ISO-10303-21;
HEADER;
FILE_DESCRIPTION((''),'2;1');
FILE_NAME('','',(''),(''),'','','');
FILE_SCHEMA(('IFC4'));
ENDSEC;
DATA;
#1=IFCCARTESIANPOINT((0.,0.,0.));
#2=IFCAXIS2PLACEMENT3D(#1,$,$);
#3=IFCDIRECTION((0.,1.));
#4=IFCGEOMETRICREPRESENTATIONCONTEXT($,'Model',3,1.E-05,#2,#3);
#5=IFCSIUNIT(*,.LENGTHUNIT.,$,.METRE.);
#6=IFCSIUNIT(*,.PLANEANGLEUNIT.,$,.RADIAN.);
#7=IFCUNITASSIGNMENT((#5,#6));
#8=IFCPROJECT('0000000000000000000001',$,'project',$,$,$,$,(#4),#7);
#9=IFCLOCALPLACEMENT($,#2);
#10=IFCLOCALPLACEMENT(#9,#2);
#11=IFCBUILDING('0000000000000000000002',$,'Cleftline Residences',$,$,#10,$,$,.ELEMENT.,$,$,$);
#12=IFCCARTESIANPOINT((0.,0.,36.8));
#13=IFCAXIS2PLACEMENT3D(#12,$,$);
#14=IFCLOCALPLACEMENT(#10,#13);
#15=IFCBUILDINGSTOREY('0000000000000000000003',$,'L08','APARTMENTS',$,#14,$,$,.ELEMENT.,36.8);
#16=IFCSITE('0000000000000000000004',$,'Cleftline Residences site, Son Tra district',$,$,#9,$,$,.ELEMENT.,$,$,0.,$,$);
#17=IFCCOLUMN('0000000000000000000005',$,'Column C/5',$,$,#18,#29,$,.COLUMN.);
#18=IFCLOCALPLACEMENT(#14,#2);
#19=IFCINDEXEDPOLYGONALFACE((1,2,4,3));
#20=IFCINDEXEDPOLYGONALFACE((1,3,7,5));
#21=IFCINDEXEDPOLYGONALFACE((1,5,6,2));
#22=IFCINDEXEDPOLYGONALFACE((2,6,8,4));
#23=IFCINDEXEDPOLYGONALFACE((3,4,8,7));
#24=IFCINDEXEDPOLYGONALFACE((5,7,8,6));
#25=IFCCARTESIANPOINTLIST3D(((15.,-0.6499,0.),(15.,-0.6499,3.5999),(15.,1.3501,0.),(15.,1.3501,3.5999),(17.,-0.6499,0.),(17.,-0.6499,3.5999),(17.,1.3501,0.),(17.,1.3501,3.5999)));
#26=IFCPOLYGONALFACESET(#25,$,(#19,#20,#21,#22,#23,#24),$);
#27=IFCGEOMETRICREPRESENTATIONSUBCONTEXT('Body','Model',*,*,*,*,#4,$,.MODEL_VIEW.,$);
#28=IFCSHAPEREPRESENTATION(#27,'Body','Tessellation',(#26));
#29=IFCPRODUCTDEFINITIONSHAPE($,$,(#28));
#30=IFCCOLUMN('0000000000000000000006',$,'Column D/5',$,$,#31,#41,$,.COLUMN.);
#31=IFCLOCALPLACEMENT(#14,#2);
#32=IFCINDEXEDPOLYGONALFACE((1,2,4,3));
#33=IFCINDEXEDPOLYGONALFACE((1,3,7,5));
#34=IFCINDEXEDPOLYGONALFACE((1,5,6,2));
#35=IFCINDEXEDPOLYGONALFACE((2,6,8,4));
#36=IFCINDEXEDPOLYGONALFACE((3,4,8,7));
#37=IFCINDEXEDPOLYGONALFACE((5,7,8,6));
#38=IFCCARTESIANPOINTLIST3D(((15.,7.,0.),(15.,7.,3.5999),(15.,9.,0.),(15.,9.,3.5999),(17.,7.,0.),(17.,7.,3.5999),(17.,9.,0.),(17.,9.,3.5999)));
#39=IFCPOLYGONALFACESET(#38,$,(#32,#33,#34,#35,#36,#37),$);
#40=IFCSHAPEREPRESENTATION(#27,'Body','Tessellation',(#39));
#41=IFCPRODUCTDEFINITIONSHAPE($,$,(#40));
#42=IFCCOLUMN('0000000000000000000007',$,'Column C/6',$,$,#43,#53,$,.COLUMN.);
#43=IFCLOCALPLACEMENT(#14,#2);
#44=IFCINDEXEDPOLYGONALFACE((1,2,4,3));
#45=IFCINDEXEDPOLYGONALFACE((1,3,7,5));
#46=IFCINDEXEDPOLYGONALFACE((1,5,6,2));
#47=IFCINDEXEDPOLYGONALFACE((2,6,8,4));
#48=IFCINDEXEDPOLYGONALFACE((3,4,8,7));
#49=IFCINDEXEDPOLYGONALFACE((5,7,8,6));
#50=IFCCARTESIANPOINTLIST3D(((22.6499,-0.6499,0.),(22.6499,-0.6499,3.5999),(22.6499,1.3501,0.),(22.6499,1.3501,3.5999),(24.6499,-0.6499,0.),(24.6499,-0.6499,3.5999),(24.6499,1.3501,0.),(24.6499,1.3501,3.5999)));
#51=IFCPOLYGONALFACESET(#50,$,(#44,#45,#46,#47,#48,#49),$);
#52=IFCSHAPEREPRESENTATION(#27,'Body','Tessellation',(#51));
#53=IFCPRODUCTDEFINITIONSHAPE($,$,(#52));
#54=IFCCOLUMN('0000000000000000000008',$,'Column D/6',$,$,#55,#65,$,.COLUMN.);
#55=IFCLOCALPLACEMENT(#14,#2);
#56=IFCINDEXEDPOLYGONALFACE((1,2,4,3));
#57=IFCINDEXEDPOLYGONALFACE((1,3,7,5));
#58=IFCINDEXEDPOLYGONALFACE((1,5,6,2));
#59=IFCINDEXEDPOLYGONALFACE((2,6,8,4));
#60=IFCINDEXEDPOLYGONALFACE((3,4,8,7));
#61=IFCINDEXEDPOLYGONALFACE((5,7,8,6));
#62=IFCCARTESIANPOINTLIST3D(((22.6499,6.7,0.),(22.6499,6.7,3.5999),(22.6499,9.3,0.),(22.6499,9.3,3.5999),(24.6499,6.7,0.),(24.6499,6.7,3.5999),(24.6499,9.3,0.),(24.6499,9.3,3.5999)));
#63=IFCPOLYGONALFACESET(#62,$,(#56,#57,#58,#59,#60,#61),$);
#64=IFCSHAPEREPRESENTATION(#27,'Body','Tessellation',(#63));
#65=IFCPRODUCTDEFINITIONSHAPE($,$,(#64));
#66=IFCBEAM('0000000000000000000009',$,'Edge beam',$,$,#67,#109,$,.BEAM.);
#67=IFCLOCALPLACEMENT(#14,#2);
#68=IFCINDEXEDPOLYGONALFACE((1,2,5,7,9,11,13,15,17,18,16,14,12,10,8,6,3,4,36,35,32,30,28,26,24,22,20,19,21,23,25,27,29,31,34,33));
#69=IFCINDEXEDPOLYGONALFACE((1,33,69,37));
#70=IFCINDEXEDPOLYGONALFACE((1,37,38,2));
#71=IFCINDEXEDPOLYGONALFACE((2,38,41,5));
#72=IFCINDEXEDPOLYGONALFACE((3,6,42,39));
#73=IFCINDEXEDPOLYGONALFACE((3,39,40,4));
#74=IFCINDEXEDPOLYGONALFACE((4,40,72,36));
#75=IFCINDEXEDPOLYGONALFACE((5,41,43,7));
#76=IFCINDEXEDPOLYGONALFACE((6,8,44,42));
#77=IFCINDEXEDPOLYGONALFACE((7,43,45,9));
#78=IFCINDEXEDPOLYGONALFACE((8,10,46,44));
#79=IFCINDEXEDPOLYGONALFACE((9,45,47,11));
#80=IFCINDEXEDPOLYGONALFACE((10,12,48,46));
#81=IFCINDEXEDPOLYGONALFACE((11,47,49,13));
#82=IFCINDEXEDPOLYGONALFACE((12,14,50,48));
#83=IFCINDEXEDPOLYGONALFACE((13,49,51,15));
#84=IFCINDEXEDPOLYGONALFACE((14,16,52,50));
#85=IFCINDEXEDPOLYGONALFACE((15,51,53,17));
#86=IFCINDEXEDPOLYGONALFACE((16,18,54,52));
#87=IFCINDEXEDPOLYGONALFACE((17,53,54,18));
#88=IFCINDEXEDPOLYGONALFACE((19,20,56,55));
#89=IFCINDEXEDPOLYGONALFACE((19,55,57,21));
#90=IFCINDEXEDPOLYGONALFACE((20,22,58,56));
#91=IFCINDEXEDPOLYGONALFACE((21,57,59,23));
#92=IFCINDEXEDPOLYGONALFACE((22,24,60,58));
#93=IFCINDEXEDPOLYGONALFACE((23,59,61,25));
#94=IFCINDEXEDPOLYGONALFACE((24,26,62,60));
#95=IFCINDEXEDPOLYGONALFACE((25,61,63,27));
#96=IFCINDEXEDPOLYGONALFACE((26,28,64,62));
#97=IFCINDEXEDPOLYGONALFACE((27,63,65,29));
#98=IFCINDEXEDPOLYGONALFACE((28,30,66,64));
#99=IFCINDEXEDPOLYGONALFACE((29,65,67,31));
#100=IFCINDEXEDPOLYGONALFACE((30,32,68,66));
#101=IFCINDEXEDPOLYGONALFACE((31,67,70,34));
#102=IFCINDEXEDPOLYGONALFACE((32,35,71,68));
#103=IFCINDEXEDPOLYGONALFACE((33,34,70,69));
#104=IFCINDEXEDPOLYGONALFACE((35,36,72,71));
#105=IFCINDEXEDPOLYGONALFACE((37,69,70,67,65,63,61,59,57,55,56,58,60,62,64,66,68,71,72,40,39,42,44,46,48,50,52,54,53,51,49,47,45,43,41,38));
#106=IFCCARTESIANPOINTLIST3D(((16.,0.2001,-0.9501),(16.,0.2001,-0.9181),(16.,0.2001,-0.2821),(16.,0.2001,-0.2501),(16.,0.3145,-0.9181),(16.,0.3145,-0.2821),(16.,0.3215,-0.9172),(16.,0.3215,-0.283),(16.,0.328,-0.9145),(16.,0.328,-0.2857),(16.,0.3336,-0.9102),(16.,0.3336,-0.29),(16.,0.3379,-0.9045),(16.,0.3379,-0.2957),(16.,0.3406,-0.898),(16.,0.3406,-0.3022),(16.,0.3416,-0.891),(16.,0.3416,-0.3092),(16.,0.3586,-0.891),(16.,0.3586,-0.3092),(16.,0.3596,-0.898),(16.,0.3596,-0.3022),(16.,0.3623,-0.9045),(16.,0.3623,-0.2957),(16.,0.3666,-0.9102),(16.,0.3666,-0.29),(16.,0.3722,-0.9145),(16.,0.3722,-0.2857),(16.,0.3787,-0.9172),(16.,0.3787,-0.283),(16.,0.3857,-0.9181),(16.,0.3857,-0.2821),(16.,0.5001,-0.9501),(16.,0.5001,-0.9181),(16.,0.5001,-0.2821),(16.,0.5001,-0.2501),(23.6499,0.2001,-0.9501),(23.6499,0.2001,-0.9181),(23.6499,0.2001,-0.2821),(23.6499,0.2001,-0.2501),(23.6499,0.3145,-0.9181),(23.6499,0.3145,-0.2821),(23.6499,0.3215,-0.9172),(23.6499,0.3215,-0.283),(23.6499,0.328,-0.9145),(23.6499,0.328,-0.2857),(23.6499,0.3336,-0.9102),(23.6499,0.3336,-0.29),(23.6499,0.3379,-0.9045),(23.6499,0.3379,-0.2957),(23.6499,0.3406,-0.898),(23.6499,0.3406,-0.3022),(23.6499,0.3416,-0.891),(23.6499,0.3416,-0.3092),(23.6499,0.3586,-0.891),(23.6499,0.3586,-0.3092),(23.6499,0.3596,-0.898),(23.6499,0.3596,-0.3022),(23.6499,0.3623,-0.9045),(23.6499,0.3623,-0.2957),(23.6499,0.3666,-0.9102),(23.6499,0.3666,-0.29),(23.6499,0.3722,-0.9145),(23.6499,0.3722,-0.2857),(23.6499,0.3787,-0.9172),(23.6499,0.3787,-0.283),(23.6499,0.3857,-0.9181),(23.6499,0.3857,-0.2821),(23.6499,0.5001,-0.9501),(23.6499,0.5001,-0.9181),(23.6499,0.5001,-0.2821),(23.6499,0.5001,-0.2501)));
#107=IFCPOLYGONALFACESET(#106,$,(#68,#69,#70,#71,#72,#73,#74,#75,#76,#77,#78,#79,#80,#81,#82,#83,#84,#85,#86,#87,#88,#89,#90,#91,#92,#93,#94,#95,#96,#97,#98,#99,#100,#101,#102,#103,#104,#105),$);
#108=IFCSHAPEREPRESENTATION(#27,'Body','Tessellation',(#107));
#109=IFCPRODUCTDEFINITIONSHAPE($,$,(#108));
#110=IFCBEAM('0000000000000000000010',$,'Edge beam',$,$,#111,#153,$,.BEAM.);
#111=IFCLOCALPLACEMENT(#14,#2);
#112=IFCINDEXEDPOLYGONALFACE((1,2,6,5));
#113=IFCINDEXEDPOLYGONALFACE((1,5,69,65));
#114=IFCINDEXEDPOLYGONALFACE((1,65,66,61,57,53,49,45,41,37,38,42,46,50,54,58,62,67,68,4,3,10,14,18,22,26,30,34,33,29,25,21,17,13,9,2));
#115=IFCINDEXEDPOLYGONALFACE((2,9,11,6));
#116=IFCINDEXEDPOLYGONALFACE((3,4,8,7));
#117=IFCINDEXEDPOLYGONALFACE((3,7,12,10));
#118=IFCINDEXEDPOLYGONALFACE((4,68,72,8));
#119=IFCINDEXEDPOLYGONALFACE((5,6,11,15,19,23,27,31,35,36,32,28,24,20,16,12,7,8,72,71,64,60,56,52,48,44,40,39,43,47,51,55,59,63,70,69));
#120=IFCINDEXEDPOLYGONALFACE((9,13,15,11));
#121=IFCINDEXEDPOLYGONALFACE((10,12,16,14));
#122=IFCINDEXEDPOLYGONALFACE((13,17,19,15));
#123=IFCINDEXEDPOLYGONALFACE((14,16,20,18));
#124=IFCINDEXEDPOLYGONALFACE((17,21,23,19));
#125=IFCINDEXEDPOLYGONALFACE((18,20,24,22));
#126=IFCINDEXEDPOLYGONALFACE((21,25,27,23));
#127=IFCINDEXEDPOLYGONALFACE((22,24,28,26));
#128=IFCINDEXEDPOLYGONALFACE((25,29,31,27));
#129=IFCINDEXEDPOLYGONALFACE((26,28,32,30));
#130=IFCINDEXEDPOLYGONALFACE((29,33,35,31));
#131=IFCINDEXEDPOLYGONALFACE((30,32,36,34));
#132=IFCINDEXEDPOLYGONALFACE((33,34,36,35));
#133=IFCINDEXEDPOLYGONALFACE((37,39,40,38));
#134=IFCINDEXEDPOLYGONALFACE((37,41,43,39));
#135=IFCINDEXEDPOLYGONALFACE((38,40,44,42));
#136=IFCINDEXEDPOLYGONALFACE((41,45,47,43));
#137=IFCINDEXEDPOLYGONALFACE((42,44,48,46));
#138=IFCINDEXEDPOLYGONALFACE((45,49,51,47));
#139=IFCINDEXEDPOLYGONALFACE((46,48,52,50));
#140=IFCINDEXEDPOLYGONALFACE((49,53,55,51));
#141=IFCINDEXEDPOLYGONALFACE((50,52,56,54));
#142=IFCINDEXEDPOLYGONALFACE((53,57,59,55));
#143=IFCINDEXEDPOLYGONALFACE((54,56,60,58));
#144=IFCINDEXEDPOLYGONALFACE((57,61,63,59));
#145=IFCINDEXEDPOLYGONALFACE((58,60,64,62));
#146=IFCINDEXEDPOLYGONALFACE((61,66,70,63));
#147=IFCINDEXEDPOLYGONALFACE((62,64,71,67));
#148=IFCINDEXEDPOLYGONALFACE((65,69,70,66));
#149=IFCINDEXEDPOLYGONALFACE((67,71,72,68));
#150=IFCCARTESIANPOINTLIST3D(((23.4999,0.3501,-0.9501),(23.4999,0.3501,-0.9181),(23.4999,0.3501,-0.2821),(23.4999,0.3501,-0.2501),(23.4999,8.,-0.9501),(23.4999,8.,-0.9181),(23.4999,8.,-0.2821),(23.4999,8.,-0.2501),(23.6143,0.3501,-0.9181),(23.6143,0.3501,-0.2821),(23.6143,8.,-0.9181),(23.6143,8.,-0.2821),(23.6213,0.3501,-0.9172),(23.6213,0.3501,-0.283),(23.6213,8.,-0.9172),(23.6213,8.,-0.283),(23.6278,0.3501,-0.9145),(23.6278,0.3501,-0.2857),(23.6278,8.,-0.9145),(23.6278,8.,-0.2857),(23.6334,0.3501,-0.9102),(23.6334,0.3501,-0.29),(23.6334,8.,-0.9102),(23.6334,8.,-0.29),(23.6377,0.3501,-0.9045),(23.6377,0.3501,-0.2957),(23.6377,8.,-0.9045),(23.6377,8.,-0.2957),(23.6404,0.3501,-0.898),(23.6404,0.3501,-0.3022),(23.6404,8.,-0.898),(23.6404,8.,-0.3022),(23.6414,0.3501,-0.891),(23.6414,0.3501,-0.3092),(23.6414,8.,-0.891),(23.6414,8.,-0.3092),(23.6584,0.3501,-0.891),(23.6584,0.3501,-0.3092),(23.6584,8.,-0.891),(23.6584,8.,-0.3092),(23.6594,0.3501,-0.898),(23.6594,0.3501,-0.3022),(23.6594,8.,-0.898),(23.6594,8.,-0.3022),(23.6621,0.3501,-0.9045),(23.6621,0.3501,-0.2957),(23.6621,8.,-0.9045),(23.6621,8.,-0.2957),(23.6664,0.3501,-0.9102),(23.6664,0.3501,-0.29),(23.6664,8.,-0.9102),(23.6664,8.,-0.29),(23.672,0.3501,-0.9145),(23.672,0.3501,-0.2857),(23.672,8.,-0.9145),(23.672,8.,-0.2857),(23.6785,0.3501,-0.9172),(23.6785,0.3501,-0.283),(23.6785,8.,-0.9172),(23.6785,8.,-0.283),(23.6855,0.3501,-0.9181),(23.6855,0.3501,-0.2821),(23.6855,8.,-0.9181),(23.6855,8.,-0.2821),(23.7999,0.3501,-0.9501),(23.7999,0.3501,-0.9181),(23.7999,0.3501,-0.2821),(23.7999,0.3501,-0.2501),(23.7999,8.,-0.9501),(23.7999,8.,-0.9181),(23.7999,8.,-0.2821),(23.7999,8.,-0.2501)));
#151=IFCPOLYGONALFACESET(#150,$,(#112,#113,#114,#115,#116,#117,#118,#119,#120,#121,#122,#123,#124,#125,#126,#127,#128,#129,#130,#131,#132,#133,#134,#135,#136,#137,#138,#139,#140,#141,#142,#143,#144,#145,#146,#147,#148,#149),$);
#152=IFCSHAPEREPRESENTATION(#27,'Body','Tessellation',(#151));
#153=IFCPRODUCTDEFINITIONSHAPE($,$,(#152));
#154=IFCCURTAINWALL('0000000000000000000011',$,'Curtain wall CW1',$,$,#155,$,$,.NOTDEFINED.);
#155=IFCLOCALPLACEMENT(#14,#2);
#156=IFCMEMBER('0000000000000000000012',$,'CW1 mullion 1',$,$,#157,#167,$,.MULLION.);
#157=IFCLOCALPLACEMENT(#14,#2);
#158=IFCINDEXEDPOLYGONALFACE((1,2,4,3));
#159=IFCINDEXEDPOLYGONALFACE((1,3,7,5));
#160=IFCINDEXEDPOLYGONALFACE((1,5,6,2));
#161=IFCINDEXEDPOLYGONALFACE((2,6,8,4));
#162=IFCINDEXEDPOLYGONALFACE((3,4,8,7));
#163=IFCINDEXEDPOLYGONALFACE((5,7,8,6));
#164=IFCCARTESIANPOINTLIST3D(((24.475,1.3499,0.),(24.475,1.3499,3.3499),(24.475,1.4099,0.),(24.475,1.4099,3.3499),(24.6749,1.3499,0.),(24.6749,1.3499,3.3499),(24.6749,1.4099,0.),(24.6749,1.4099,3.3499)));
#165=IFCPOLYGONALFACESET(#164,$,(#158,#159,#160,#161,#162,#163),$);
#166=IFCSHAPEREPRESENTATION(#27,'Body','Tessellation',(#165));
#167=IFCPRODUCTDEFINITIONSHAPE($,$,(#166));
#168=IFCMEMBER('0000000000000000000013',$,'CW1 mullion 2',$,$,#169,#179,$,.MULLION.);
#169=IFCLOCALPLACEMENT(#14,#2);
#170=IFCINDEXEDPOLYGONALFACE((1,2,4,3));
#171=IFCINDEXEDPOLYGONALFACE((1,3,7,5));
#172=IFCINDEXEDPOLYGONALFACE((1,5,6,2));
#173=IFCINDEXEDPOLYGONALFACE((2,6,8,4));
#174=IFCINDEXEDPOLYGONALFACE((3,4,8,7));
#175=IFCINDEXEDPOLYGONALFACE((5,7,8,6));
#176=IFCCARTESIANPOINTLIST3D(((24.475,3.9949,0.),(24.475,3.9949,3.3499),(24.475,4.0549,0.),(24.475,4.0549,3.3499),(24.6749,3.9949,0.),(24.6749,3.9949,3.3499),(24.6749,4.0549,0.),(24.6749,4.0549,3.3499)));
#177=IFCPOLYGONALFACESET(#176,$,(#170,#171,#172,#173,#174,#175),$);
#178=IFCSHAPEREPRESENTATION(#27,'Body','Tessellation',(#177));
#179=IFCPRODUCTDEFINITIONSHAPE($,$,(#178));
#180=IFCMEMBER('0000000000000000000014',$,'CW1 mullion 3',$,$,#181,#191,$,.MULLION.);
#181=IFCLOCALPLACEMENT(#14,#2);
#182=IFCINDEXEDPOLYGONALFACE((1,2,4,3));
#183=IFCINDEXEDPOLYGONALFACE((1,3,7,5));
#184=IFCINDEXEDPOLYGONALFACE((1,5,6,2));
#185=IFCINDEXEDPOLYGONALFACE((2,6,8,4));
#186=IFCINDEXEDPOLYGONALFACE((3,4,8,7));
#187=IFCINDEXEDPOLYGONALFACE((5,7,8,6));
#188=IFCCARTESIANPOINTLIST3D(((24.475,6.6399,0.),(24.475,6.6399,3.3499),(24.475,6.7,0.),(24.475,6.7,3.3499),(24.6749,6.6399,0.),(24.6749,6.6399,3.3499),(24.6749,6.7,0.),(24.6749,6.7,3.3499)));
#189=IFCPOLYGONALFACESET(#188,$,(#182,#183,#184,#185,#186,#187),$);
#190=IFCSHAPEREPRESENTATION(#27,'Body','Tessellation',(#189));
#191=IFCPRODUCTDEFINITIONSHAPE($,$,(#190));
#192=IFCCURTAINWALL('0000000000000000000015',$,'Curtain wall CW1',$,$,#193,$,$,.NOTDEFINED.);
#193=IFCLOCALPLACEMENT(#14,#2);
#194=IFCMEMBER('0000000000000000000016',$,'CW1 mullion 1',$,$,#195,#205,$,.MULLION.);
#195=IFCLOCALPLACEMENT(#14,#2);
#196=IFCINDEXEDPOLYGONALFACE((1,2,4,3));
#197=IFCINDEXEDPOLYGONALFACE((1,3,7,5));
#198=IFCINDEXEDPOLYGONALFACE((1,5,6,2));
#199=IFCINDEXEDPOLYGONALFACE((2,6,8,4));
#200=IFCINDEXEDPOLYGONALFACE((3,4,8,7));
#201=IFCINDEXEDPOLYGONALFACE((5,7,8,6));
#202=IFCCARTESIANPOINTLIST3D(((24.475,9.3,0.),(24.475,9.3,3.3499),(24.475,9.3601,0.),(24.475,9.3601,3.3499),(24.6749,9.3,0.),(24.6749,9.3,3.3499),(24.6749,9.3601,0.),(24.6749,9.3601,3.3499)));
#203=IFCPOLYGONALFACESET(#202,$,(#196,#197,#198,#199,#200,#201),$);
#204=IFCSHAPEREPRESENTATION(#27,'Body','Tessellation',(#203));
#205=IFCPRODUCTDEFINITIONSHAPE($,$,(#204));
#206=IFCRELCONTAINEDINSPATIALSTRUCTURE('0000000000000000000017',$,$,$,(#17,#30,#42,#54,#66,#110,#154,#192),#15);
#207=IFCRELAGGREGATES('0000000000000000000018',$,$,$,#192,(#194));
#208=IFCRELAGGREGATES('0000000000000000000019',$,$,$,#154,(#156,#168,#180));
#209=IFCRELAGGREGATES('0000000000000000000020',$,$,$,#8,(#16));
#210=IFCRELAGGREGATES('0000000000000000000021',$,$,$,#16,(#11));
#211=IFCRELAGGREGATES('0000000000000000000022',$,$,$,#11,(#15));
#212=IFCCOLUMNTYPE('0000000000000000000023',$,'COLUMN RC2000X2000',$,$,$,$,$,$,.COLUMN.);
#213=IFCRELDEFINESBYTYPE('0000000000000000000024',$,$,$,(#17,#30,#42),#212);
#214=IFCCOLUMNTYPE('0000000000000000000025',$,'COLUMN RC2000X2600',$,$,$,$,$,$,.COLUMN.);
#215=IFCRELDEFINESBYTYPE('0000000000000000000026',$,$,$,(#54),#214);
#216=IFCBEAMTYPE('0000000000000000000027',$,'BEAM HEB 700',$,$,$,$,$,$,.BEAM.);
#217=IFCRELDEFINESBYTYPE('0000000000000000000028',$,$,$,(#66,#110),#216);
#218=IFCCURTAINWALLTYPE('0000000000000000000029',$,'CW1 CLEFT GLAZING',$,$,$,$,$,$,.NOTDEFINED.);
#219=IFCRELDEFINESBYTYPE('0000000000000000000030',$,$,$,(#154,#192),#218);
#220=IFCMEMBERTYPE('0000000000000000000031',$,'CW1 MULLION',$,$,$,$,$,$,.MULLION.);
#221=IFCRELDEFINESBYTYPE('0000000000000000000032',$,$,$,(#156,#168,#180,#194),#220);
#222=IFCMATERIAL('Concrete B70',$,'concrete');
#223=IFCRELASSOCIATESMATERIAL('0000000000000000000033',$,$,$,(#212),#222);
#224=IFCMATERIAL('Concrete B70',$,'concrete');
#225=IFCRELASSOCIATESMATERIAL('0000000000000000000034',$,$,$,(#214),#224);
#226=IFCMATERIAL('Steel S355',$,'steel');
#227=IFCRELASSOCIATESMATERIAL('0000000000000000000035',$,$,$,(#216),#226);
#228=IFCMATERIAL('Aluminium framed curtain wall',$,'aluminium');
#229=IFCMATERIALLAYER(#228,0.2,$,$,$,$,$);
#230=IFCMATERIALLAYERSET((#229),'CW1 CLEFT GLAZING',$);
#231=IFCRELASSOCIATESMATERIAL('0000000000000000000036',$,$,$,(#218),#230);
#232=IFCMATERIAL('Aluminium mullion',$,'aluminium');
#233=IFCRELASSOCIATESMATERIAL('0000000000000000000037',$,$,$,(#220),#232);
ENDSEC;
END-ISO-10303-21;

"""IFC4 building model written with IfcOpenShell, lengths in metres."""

from ifc_helpers import new_model, si_unit, direction, frame, origin, origin_2d, place, context, subcontext, project, spatial, rectangle, i_section, extrude, material, layer, layer_set, material_profile, profile_set, type_object, element, aggregate, save


model = new_model("IFC4")

# Units and contexts
model_context = context("Model", 3, precision=1e-05, world=origin(), true_north=direction((0.0, 1.0)))
body_context = subcontext(model_context, "Body", "Model", "MODEL_VIEW")
ifc_project = project(units=[si_unit("LENGTHUNIT", "METRE"), si_unit("PLANEANGLEUNIT", "RADIAN")], contexts=[model_context])

# Site, building, storey
site_placement = place(None, origin())
site = spatial("IfcSite", under=ifc_project, at=site_placement, Name="Cleftline Residences site, Son Tra district", CompositionType="ELEMENT", RefElevation=0.0)
building_placement = place(site_placement, origin())
building = spatial("IfcBuilding", under=site, at=building_placement, Name="Cleftline Residences", CompositionType="ELEMENT")
storey_placement = place(building_placement, frame((0.0, 0.0, 36.8)))
storey = spatial("IfcBuildingStorey", under=building, at=storey_placement, Name="L08", Description="APARTMENTS", CompositionType="ELEMENT", Elevation=36.8)

# Columns
ifc_material_1 = material(Name="Concrete B70", Category="concrete")
ifc_material_profile_1 = material_profile(ifc_material_1, rectangle(XDim=2.0, YDim=2.0, at=origin_2d()))
ifc_profile_set_1 = profile_set([ifc_material_profile_1], Name="Concrete B70")
column_type_1 = type_object("IfcColumnType", Name="COLUMN RC2000X2000", PredefinedType="COLUMN", material=ifc_profile_set_1)
for number, where, z_axis, x_axis, name in (
    (1, (16.0, 0.3501, 0.0), (0.0, 0.0, 1.0), (1.0, 0.0, 0.0), "Column C/5"),
    (2, (16.0, 8.0, 0.0), (0.0, 0.0, 1.0), (1.0, 0.0, 0.0), "Column D/5"),
    (3, (23.6499, 0.3501, 0.0), (0.0, 0.0, 1.0), (1.0, 0.0, 0.0), "Column C/6"),
):
    element("IfcColumn", number, at=place(storey_placement, frame(where, z_axis=z_axis, x_axis=x_axis)), inside=storey, type_object=column_type_1, Name=name, PredefinedType="COLUMN", context=body_context, shape_type="SweptSolid", body=[
        extrude(rectangle(XDim=2.0, YDim=2.0, at=origin_2d()), origin(), (0.0, 0.0, 1.0), 3.5999),
    ])
ifc_material_2 = material(Name="Concrete B70", Category="concrete")
ifc_material_profile_2 = material_profile(ifc_material_2, rectangle(XDim=2.0, YDim=2.6001, at=origin_2d()))
ifc_profile_set_2 = profile_set([ifc_material_profile_2], Name="Concrete B70")
column_type_2 = type_object("IfcColumnType", Name="COLUMN RC2000X2600", PredefinedType="COLUMN", material=ifc_profile_set_2)
column_placement = place(storey_placement, frame((23.6499, 8.0, 0.0), z_axis=(0.0, 0.0, 1.0), x_axis=(1.0, 0.0, 0.0)))
element("IfcColumn", 4, at=column_placement, inside=storey, type_object=column_type_2, Name="Column D/6", PredefinedType="COLUMN", context=body_context, shape_type="SweptSolid", body=[
    extrude(rectangle(XDim=2.0, YDim=2.6001, at=origin_2d()), origin(), (0.0, 0.0, 1.0), 3.5999),
])

# Beams
ifc_material_3 = material(Name="Steel S355", Category="steel")
ifc_material_profile_3 = material_profile(ifc_material_3, i_section(OverallWidth=0.3, OverallDepth=0.7, WebThickness=0.0171, FlangeThickness=0.032, FilletRadius=0.0271, at=origin_2d()))
ifc_profile_set_3 = profile_set([ifc_material_profile_3], Name="Steel S355")
beam_type = type_object("IfcBeamType", Name="BEAM HEB 700", PredefinedType="BEAM", material=ifc_profile_set_3)
for number, where, z_axis, x_axis, name in (
    (5, (16.0, 0.3501, -0.6001), (1.0, 0.0, 0.0), (0.0, 1.0, 0.0), "Edge beam"),
    (6, (23.6499, 0.3501, -0.6001), (0.0, 1.0, 0.0), (-1.0, 0.0, 0.0), "Edge beam"),
):
    element("IfcBeam", number, at=place(storey_placement, frame(where, z_axis=z_axis, x_axis=x_axis)), inside=storey, type_object=beam_type, Name=name, PredefinedType="BEAM", context=body_context, shape_type="SweptSolid", body=[
        extrude(i_section(OverallWidth=0.3, OverallDepth=0.7, WebThickness=0.0171, FlangeThickness=0.032, FilletRadius=0.0271, at=origin_2d()), origin(), (0.0, 0.0, 1.0), 7.6499),
    ])

# Curtain wall, members
ifc_material_4 = material(Name="Aluminium framed curtain wall", Category="aluminium")
ifc_layer_1 = layer(ifc_material_4, 0.2)
ifc_layer_set_1 = layer_set([ifc_layer_1], Name="CW1 CLEFT GLAZING")
curtain_wall_type = type_object("IfcCurtainWallType", Name="CW1 CLEFT GLAZING", PredefinedType="NOTDEFINED", material=ifc_layer_set_1)
curtain_wall_1_placement = place(storey_placement, origin())
curtain_wall_1 = element("IfcCurtainWall", 7, at=curtain_wall_1_placement, inside=storey, type_object=curtain_wall_type, Name="Curtain wall CW1", PredefinedType="NOTDEFINED")
ifc_material_5 = material(Name="Aluminium mullion", Category="aluminium")
ifc_material_profile_4 = material_profile(ifc_material_5, rectangle(XDim=0.2, YDim=0.0601, at=origin_2d()))
ifc_profile_set_4 = profile_set([ifc_material_profile_4], Name="Aluminium mullion")
member_type_1 = type_object("IfcMemberType", Name="CW1 MULLION", PredefinedType="MULLION", material=ifc_profile_set_4)
member_1_placement = place(storey_placement, frame((24.575, 1.3799, 0.0), z_axis=(0.0, 0.0, 1.0), x_axis=(-1.0, 0.0, 0.0)))
member_1 = element("IfcMember", 8, at=member_1_placement, type_object=member_type_1, Name="CW1 mullion 1", PredefinedType="MULLION", context=body_context, shape_type="SweptSolid", body=[
    extrude(rectangle(XDim=0.2, YDim=0.0601, at=origin_2d()), origin(), (0.0, 0.0, 1.0), 3.3499),
])
member_2_placement = place(storey_placement, frame((24.575, 4.0249, 0.0), z_axis=(0.0, 0.0, 1.0), x_axis=(-1.0, 0.0, 0.0)))
member_2 = element("IfcMember", 9, at=member_2_placement, type_object=member_type_1, Name="CW1 mullion 2", PredefinedType="MULLION", context=body_context, shape_type="SweptSolid", body=[
    extrude(rectangle(XDim=0.2, YDim=0.0601, at=origin_2d()), origin(), (0.0, 0.0, 1.0), 3.3499),
])
member_3_placement = place(storey_placement, frame((24.575, 6.6699, 0.0), z_axis=(0.0, 0.0, 1.0), x_axis=(-1.0, 0.0, 0.0)))
member_3 = element("IfcMember", 10, at=member_3_placement, type_object=member_type_1, Name="CW1 mullion 3", PredefinedType="MULLION", context=body_context, shape_type="SweptSolid", body=[
    extrude(rectangle(XDim=0.2, YDim=0.0601, at=origin_2d()), origin(), (0.0, 0.0, 1.0), 3.3499),
])

# Curtain wall, member
curtain_wall_2_placement = place(storey_placement, origin())
curtain_wall_2 = element("IfcCurtainWall", 11, at=curtain_wall_2_placement, inside=storey, type_object=curtain_wall_type, Name="Curtain wall CW1", PredefinedType="NOTDEFINED")
member_4_placement = place(storey_placement, frame((24.575, 9.3301, 0.0), z_axis=(0.0, 0.0, 1.0), x_axis=(-1.0, 0.0, 0.0)))
member_4 = element("IfcMember", 12, at=member_4_placement, type_object=member_type_1, Name="CW1 mullion 1", PredefinedType="MULLION", context=body_context, shape_type="SweptSolid", body=[
    extrude(rectangle(XDim=0.2, YDim=0.0601, at=origin_2d()), origin(), (0.0, 0.0, 1.0), 3.3499),
])

aggregate(curtain_wall_2, [member_4])

aggregate(curtain_wall_1, [member_1, member_2, member_3])

save(model, "model.ifc")
